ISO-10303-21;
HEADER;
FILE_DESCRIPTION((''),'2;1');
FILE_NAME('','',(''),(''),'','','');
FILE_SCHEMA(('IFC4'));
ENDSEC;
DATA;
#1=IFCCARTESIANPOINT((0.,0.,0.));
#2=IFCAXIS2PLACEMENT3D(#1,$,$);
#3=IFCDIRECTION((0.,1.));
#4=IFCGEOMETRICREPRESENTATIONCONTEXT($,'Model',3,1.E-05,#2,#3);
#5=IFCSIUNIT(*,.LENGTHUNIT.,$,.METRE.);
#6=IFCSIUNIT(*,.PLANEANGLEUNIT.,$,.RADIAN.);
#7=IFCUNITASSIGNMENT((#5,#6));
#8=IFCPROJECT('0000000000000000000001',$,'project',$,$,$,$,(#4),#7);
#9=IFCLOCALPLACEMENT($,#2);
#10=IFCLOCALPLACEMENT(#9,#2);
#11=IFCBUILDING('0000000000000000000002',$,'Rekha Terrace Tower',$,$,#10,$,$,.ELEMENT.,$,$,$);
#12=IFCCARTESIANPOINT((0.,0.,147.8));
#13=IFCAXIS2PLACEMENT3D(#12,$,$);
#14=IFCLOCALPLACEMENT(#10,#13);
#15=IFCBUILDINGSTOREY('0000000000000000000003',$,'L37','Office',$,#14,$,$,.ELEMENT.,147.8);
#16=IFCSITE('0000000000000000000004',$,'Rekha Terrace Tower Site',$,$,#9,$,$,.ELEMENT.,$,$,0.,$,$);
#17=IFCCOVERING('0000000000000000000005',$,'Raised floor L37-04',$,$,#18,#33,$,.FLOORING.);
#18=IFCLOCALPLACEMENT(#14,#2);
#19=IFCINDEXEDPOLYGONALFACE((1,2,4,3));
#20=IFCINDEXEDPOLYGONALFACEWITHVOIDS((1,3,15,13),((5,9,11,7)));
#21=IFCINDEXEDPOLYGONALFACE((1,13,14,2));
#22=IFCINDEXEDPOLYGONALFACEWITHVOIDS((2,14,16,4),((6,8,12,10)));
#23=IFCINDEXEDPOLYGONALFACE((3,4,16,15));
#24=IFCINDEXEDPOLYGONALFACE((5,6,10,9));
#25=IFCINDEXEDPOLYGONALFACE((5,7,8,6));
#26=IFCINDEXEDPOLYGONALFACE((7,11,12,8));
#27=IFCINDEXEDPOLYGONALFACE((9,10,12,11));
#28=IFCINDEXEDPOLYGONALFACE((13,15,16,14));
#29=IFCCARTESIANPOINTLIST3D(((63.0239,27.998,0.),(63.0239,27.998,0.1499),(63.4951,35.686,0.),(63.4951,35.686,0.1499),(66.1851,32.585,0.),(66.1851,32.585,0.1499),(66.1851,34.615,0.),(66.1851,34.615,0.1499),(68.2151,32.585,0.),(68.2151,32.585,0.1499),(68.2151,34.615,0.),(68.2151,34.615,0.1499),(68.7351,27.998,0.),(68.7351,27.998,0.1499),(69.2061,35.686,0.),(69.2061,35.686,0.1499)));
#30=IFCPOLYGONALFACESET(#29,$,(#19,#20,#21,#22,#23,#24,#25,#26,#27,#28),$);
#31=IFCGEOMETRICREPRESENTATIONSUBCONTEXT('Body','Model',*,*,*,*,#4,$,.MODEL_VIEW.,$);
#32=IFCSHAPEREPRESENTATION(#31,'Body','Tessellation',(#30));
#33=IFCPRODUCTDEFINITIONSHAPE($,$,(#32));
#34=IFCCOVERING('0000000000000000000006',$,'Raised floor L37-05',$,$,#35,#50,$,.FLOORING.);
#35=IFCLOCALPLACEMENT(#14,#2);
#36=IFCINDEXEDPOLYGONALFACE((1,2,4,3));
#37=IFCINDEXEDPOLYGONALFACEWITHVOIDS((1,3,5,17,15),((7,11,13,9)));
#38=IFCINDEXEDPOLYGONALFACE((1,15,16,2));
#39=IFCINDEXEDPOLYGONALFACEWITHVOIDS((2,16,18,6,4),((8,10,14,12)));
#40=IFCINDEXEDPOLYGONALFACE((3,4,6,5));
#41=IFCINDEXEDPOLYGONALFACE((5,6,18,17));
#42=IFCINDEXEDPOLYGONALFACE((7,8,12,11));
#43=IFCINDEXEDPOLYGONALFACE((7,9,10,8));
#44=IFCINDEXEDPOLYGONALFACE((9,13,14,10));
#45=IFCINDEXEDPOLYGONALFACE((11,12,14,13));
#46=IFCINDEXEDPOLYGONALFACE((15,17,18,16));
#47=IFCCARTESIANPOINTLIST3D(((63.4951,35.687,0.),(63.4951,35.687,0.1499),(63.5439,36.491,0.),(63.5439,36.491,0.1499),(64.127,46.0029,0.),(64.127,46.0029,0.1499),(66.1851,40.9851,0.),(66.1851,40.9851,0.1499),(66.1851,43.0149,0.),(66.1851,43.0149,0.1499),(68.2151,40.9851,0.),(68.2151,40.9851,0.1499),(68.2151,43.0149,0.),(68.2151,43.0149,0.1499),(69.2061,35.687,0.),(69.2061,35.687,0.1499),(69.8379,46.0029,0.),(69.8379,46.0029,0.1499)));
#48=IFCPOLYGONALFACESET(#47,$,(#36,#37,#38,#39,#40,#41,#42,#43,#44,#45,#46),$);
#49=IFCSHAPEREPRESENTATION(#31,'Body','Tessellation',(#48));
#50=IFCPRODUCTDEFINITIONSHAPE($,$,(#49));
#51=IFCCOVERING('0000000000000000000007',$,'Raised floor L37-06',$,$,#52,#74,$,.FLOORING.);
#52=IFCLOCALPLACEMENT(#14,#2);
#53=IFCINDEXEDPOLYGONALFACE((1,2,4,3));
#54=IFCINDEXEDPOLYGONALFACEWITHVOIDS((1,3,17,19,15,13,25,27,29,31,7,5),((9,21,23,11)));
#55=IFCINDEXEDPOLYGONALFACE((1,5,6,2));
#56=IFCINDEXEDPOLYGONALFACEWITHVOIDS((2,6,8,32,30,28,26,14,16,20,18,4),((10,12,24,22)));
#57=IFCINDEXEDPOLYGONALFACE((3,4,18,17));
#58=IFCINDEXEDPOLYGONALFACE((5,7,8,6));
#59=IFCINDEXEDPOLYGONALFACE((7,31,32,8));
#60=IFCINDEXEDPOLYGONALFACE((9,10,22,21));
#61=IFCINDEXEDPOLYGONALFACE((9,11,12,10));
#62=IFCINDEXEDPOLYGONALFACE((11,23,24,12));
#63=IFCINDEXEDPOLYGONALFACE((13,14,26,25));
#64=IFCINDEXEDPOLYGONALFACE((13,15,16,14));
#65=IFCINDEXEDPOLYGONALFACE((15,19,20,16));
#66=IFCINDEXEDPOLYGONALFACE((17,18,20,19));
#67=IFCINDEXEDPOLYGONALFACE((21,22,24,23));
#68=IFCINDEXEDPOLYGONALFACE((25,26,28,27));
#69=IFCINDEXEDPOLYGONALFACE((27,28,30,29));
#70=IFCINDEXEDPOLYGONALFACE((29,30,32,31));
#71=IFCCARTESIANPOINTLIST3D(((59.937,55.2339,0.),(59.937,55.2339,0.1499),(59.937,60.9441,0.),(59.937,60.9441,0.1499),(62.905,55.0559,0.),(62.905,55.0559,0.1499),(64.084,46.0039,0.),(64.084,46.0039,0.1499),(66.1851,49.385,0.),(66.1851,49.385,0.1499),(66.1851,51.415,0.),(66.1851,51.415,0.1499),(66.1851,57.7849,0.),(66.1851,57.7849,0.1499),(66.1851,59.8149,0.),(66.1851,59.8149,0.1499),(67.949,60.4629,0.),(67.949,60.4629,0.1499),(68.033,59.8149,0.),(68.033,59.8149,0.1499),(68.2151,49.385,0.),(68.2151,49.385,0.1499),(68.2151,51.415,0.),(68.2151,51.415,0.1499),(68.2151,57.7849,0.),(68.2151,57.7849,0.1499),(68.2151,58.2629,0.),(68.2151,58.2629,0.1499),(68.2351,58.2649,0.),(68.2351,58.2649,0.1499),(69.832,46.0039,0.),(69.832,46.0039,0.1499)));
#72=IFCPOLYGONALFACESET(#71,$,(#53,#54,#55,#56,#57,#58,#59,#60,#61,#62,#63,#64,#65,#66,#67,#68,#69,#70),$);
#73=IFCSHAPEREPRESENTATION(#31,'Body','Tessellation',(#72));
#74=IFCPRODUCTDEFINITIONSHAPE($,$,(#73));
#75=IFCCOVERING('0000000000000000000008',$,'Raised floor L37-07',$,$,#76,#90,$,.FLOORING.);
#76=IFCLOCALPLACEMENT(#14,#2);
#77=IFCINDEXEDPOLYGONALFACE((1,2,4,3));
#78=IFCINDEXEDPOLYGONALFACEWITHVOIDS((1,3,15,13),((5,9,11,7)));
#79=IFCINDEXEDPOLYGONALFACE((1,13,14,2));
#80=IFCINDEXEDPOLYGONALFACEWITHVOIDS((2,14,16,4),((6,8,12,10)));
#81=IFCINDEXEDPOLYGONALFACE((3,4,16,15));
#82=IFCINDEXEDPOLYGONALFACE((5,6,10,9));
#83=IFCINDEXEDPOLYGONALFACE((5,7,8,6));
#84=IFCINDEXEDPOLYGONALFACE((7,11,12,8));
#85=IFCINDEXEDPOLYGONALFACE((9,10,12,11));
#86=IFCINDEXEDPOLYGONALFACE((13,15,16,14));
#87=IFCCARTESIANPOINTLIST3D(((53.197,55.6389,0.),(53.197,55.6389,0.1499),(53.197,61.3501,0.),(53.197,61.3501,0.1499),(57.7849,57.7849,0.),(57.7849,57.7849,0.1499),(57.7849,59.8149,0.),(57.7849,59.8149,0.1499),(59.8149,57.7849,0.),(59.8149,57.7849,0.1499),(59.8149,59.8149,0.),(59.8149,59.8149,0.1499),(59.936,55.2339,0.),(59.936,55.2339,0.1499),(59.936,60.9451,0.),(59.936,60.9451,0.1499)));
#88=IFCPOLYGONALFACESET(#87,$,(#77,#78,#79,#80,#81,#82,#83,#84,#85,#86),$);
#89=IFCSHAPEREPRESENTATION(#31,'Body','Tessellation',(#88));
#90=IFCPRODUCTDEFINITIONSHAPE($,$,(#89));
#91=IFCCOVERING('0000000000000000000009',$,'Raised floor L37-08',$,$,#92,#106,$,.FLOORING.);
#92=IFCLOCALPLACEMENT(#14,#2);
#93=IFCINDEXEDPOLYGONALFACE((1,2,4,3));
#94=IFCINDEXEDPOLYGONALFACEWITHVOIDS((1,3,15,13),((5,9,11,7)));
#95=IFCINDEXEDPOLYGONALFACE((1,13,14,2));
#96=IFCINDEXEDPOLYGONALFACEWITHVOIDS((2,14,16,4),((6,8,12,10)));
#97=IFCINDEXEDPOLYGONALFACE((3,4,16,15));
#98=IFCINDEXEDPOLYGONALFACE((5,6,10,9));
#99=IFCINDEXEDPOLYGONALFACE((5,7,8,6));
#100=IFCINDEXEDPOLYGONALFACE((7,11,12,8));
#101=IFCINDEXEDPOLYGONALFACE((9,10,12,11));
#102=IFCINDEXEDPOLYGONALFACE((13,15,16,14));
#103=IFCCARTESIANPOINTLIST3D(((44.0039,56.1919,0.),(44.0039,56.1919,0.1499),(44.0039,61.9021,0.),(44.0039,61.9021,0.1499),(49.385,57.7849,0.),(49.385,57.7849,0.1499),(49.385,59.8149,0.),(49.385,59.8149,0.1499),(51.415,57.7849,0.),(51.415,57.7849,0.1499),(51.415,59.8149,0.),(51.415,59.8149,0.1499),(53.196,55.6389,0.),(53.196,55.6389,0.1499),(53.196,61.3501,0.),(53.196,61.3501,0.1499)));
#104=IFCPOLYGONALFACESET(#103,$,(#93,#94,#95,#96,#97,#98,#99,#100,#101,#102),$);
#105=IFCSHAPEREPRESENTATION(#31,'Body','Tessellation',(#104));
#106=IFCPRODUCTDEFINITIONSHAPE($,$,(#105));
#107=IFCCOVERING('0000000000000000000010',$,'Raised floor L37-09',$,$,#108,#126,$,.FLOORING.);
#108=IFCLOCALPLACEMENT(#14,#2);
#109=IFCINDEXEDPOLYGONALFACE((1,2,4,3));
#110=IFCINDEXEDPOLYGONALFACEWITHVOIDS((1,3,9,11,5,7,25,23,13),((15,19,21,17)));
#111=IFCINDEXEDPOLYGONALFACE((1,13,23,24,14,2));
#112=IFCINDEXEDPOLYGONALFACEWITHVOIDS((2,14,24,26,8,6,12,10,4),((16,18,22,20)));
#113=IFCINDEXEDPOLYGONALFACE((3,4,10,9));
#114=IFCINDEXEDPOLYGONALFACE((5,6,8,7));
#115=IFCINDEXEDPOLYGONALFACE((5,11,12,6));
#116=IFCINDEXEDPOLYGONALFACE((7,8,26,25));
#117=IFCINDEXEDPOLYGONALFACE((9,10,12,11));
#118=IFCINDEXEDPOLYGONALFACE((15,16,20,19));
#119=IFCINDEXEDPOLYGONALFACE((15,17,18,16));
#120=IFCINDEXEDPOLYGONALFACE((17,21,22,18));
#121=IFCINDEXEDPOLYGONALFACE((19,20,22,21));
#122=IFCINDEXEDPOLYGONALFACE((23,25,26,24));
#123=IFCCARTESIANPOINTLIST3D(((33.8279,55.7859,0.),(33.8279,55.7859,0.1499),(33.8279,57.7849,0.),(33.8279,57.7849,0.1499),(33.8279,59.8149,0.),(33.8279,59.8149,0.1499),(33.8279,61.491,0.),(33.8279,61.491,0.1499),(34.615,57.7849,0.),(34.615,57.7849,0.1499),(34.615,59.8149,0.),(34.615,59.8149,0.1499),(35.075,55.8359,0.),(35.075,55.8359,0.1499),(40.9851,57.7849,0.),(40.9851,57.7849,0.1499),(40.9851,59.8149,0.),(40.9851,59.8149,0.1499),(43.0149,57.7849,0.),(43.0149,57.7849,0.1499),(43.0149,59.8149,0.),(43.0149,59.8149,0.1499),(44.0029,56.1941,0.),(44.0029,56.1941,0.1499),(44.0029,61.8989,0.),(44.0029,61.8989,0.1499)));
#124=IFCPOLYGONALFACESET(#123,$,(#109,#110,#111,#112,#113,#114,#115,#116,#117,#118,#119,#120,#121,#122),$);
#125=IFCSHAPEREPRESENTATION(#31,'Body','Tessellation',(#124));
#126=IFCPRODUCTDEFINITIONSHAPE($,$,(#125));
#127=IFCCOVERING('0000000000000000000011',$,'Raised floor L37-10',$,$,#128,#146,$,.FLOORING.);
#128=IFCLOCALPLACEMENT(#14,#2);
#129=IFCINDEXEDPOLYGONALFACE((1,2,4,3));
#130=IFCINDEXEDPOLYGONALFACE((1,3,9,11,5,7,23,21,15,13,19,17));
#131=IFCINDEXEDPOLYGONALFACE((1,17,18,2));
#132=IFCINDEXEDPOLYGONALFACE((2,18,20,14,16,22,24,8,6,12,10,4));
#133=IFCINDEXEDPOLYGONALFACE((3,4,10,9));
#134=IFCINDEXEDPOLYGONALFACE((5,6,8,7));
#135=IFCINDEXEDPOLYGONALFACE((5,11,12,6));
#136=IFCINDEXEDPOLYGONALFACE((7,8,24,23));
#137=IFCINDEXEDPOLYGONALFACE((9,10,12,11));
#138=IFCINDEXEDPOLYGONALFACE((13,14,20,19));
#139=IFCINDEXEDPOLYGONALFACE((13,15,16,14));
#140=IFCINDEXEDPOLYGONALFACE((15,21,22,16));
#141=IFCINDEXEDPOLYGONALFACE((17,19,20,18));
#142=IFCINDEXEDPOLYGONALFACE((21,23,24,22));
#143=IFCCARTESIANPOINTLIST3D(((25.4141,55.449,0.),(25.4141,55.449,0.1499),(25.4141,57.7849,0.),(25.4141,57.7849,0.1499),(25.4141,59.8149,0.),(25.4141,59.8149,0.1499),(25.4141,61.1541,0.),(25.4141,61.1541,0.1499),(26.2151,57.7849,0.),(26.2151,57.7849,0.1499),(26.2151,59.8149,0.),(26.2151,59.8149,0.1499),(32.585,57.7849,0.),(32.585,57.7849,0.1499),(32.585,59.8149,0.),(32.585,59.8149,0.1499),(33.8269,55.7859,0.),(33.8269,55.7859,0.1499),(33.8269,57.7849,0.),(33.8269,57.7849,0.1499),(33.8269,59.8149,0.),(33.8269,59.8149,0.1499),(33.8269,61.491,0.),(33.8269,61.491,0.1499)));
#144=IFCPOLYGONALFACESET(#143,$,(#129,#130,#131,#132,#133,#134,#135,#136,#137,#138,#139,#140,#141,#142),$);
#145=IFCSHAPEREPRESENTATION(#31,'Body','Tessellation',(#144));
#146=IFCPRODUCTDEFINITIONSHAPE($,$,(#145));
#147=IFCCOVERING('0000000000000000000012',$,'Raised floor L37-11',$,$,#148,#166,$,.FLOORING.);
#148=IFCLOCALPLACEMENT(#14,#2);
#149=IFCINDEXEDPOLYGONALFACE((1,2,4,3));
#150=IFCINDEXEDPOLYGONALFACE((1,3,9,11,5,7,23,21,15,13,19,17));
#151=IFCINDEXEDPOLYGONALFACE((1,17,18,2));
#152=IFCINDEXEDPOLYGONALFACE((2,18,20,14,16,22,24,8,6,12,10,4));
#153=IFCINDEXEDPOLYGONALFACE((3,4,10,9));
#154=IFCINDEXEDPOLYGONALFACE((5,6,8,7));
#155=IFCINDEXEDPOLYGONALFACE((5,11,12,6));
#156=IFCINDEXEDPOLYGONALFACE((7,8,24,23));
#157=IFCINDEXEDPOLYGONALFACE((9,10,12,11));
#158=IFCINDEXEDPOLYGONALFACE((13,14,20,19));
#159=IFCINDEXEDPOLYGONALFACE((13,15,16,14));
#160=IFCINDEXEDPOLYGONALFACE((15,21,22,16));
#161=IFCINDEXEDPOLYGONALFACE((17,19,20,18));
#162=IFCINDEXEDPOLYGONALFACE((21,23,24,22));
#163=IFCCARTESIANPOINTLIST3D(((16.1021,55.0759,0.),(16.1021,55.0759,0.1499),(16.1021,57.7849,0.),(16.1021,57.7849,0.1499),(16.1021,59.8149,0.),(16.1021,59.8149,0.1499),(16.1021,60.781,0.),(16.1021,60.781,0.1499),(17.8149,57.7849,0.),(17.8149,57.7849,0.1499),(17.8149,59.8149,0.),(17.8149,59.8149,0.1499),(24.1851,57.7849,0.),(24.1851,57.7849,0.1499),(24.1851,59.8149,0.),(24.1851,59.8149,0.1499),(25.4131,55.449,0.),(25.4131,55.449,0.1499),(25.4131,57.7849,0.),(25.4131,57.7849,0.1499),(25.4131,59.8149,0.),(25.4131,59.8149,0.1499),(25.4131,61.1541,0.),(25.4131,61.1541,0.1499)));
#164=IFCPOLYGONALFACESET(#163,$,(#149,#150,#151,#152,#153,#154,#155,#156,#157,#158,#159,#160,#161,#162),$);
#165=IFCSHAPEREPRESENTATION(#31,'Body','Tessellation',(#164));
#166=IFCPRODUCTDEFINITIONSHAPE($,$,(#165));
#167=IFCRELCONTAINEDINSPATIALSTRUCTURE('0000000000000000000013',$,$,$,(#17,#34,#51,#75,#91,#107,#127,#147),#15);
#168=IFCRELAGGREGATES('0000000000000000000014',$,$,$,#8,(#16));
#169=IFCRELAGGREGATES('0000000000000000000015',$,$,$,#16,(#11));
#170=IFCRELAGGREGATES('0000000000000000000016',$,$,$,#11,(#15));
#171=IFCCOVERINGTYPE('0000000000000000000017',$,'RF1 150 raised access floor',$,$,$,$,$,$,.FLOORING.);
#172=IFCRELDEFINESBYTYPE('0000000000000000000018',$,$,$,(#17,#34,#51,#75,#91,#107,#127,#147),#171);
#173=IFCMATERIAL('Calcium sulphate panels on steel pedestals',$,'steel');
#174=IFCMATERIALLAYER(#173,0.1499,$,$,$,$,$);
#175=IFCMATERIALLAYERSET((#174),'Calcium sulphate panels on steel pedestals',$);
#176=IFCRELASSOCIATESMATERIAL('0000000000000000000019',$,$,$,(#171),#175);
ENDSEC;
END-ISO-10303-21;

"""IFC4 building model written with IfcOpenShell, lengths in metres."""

from ifc_helpers import new_model, si_unit, direction, frame, origin, place, context, subcontext, project, spatial, polyline, outline, extrude, material, layer, layer_set, type_object, element, save


model = new_model("IFC4")

# Units and contexts
model_context = context("Model", 3, precision=1e-05, world=origin(), true_north=direction((0.0, 1.0)))
body_context = subcontext(model_context, "Body", "Model", "MODEL_VIEW")
ifc_project = project(units=[si_unit("LENGTHUNIT", "METRE"), si_unit("PLANEANGLEUNIT", "RADIAN")], contexts=[model_context])

# Site, building, storey
site_placement = place(None, origin())
site = spatial("IfcSite", under=ifc_project, at=site_placement, Name="Rekha Terrace Tower Site", CompositionType="ELEMENT", RefElevation=0.0)
building_placement = place(site_placement, origin())
building = spatial("IfcBuilding", under=site, at=building_placement, Name="Rekha Terrace Tower", CompositionType="ELEMENT")
storey_placement = place(building_placement, frame((0.0, 0.0, 147.8)))
storey = spatial("IfcBuildingStorey", under=building, at=storey_placement, Name="L37", Description="Office", CompositionType="ELEMENT", Elevation=147.8)

# Coverings
ifc_material_1 = material(Name="Calcium sulphate panels on steel pedestals", Category="steel")
ifc_layer_1 = layer(ifc_material_1, 0.1499)
ifc_layer_set_1 = layer_set([ifc_layer_1], Name="Calcium sulphate panels on steel pedestals")
covering_type_1 = type_object("IfcCoveringType", Name="RF1 150 raised access floor", PredefinedType="FLOORING", material=ifc_layer_set_1)
covering_1_placement = place(storey_placement, origin())
element("IfcCovering", 1, at=covering_1_placement, inside=storey, type_object=covering_type_1, Name="Raised floor L37-04", PredefinedType="FLOORING", context=body_context, shape_type="SweptSolid", body=[
    extrude(outline(polyline([(63.0239, 27.998), (68.7351, 27.998), (69.2061, 35.686), (63.4951, 35.686), (63.0239, 27.998)]), holes=[polyline([(68.2151, 34.615), (68.2151, 32.585), (66.1851, 32.585), (66.1851, 34.615), (68.2151, 34.615)])]), origin(), (0.0, 0.0, 1.0), 0.1499),
])
covering_2_placement = place(storey_placement, origin())
element("IfcCovering", 2, at=covering_2_placement, inside=storey, type_object=covering_type_1, Name="Raised floor L37-05", PredefinedType="FLOORING", context=body_context, shape_type="SweptSolid", body=[
    extrude(outline(polyline([(69.8379, 46.0029), (64.127, 46.0029), (63.5439, 36.491), (63.4951, 35.687), (69.2061, 35.687), (69.8379, 46.0029)]), holes=[polyline([(68.2151, 40.9851), (66.1851, 40.9851), (66.1851, 43.0149), (68.2151, 43.0149), (68.2151, 40.9851)])]), origin(), (0.0, 0.0, 1.0), 0.1499),
])
covering_3_placement = place(storey_placement, origin())
element("IfcCovering", 3, at=covering_3_placement, inside=storey, type_object=covering_type_1, Name="Raised floor L37-06", PredefinedType="FLOORING", context=body_context, shape_type="SweptSolid", body=[
    extrude(outline(polyline([(67.949, 60.4629), (59.937, 60.9441), (59.937, 55.2339), (62.905, 55.0559), (64.084, 46.0039), (69.832, 46.0039), (68.2351, 58.2649), (68.2151, 58.2629), (68.2151, 57.7849), (66.1851, 57.7849), (66.1851, 59.8149), (68.033, 59.8149), (67.949, 60.4629)]), holes=[polyline([(68.2151, 49.385), (66.1851, 49.385), (66.1851, 51.415), (68.2151, 51.415), (68.2151, 49.385)])]), origin(), (0.0, 0.0, 1.0), 0.1499),
])
covering_4_placement = place(storey_placement, origin())
element("IfcCovering", 4, at=covering_4_placement, inside=storey, type_object=covering_type_1, Name="Raised floor L37-07", PredefinedType="FLOORING", context=body_context, shape_type="SweptSolid", body=[
    extrude(outline(polyline([(59.936, 55.2339), (59.936, 60.9451), (53.197, 61.3501), (53.197, 55.6389), (59.936, 55.2339)]), holes=[polyline([(59.8149, 57.7849), (57.7849, 57.7849), (57.7849, 59.8149), (59.8149, 59.8149), (59.8149, 57.7849)])]), origin(), (0.0, 0.0, 1.0), 0.1499),
])
covering_5_placement = place(storey_placement, origin())
element("IfcCovering", 5, at=covering_5_placement, inside=storey, type_object=covering_type_1, Name="Raised floor L37-08", PredefinedType="FLOORING", context=body_context, shape_type="SweptSolid", body=[
    extrude(outline(polyline([(53.196, 55.6389), (53.196, 61.3501), (44.0039, 61.9021), (44.0039, 56.1919), (53.196, 55.6389)]), holes=[polyline([(51.415, 57.7849), (49.385, 57.7849), (49.385, 59.8149), (51.415, 59.8149), (51.415, 57.7849)])]), origin(), (0.0, 0.0, 1.0), 0.1499),
])
covering_6_placement = place(storey_placement, origin())
element("IfcCovering", 6, at=covering_6_placement, inside=storey, type_object=covering_type_1, Name="Raised floor L37-09", PredefinedType="FLOORING", context=body_context, shape_type="SweptSolid", body=[
    extrude(outline(polyline([(33.8279, 57.7849), (33.8279, 55.7859), (35.075, 55.8359), (44.0029, 56.1941), (44.0029, 61.8989), (33.8279, 61.491), (33.8279, 59.8149), (34.615, 59.8149), (34.615, 57.7849), (33.8279, 57.7849)]), holes=[polyline([(43.0149, 57.7849), (40.9851, 57.7849), (40.9851, 59.8149), (43.0149, 59.8149), (43.0149, 57.7849)])]), origin(), (0.0, 0.0, 1.0), 0.1499),
])
covering_7_placement = place(storey_placement, origin())
element("IfcCovering", 7, at=covering_7_placement, inside=storey, type_object=covering_type_1, Name="Raised floor L37-10", PredefinedType="FLOORING", context=body_context, shape_type="SweptSolid", body=[
    extrude(outline(polyline([(26.2151, 57.7849), (25.4141, 57.7849), (25.4141, 55.449), (33.8269, 55.7859), (33.8269, 57.7849), (32.585, 57.7849), (32.585, 59.8149), (33.8269, 59.8149), (33.8269, 61.491), (25.4141, 61.1541), (25.4141, 59.8149), (26.2151, 59.8149), (26.2151, 57.7849)])), origin(), (0.0, 0.0, 1.0), 0.1499),
])
covering_8_placement = place(storey_placement, origin())
element("IfcCovering", 8, at=covering_8_placement, inside=storey, type_object=covering_type_1, Name="Raised floor L37-11", PredefinedType="FLOORING", context=body_context, shape_type="SweptSolid", body=[
    extrude(outline(polyline([(16.1021, 57.7849), (16.1021, 55.0759), (25.4131, 55.449), (25.4131, 57.7849), (24.1851, 57.7849), (24.1851, 59.8149), (25.4131, 59.8149), (25.4131, 61.1541), (16.1021, 60.781), (16.1021, 59.8149), (17.8149, 59.8149), (17.8149, 57.7849), (16.1021, 57.7849)])), origin(), (0.0, 0.0, 1.0), 0.1499),
])

save(model, "model.ifc")
